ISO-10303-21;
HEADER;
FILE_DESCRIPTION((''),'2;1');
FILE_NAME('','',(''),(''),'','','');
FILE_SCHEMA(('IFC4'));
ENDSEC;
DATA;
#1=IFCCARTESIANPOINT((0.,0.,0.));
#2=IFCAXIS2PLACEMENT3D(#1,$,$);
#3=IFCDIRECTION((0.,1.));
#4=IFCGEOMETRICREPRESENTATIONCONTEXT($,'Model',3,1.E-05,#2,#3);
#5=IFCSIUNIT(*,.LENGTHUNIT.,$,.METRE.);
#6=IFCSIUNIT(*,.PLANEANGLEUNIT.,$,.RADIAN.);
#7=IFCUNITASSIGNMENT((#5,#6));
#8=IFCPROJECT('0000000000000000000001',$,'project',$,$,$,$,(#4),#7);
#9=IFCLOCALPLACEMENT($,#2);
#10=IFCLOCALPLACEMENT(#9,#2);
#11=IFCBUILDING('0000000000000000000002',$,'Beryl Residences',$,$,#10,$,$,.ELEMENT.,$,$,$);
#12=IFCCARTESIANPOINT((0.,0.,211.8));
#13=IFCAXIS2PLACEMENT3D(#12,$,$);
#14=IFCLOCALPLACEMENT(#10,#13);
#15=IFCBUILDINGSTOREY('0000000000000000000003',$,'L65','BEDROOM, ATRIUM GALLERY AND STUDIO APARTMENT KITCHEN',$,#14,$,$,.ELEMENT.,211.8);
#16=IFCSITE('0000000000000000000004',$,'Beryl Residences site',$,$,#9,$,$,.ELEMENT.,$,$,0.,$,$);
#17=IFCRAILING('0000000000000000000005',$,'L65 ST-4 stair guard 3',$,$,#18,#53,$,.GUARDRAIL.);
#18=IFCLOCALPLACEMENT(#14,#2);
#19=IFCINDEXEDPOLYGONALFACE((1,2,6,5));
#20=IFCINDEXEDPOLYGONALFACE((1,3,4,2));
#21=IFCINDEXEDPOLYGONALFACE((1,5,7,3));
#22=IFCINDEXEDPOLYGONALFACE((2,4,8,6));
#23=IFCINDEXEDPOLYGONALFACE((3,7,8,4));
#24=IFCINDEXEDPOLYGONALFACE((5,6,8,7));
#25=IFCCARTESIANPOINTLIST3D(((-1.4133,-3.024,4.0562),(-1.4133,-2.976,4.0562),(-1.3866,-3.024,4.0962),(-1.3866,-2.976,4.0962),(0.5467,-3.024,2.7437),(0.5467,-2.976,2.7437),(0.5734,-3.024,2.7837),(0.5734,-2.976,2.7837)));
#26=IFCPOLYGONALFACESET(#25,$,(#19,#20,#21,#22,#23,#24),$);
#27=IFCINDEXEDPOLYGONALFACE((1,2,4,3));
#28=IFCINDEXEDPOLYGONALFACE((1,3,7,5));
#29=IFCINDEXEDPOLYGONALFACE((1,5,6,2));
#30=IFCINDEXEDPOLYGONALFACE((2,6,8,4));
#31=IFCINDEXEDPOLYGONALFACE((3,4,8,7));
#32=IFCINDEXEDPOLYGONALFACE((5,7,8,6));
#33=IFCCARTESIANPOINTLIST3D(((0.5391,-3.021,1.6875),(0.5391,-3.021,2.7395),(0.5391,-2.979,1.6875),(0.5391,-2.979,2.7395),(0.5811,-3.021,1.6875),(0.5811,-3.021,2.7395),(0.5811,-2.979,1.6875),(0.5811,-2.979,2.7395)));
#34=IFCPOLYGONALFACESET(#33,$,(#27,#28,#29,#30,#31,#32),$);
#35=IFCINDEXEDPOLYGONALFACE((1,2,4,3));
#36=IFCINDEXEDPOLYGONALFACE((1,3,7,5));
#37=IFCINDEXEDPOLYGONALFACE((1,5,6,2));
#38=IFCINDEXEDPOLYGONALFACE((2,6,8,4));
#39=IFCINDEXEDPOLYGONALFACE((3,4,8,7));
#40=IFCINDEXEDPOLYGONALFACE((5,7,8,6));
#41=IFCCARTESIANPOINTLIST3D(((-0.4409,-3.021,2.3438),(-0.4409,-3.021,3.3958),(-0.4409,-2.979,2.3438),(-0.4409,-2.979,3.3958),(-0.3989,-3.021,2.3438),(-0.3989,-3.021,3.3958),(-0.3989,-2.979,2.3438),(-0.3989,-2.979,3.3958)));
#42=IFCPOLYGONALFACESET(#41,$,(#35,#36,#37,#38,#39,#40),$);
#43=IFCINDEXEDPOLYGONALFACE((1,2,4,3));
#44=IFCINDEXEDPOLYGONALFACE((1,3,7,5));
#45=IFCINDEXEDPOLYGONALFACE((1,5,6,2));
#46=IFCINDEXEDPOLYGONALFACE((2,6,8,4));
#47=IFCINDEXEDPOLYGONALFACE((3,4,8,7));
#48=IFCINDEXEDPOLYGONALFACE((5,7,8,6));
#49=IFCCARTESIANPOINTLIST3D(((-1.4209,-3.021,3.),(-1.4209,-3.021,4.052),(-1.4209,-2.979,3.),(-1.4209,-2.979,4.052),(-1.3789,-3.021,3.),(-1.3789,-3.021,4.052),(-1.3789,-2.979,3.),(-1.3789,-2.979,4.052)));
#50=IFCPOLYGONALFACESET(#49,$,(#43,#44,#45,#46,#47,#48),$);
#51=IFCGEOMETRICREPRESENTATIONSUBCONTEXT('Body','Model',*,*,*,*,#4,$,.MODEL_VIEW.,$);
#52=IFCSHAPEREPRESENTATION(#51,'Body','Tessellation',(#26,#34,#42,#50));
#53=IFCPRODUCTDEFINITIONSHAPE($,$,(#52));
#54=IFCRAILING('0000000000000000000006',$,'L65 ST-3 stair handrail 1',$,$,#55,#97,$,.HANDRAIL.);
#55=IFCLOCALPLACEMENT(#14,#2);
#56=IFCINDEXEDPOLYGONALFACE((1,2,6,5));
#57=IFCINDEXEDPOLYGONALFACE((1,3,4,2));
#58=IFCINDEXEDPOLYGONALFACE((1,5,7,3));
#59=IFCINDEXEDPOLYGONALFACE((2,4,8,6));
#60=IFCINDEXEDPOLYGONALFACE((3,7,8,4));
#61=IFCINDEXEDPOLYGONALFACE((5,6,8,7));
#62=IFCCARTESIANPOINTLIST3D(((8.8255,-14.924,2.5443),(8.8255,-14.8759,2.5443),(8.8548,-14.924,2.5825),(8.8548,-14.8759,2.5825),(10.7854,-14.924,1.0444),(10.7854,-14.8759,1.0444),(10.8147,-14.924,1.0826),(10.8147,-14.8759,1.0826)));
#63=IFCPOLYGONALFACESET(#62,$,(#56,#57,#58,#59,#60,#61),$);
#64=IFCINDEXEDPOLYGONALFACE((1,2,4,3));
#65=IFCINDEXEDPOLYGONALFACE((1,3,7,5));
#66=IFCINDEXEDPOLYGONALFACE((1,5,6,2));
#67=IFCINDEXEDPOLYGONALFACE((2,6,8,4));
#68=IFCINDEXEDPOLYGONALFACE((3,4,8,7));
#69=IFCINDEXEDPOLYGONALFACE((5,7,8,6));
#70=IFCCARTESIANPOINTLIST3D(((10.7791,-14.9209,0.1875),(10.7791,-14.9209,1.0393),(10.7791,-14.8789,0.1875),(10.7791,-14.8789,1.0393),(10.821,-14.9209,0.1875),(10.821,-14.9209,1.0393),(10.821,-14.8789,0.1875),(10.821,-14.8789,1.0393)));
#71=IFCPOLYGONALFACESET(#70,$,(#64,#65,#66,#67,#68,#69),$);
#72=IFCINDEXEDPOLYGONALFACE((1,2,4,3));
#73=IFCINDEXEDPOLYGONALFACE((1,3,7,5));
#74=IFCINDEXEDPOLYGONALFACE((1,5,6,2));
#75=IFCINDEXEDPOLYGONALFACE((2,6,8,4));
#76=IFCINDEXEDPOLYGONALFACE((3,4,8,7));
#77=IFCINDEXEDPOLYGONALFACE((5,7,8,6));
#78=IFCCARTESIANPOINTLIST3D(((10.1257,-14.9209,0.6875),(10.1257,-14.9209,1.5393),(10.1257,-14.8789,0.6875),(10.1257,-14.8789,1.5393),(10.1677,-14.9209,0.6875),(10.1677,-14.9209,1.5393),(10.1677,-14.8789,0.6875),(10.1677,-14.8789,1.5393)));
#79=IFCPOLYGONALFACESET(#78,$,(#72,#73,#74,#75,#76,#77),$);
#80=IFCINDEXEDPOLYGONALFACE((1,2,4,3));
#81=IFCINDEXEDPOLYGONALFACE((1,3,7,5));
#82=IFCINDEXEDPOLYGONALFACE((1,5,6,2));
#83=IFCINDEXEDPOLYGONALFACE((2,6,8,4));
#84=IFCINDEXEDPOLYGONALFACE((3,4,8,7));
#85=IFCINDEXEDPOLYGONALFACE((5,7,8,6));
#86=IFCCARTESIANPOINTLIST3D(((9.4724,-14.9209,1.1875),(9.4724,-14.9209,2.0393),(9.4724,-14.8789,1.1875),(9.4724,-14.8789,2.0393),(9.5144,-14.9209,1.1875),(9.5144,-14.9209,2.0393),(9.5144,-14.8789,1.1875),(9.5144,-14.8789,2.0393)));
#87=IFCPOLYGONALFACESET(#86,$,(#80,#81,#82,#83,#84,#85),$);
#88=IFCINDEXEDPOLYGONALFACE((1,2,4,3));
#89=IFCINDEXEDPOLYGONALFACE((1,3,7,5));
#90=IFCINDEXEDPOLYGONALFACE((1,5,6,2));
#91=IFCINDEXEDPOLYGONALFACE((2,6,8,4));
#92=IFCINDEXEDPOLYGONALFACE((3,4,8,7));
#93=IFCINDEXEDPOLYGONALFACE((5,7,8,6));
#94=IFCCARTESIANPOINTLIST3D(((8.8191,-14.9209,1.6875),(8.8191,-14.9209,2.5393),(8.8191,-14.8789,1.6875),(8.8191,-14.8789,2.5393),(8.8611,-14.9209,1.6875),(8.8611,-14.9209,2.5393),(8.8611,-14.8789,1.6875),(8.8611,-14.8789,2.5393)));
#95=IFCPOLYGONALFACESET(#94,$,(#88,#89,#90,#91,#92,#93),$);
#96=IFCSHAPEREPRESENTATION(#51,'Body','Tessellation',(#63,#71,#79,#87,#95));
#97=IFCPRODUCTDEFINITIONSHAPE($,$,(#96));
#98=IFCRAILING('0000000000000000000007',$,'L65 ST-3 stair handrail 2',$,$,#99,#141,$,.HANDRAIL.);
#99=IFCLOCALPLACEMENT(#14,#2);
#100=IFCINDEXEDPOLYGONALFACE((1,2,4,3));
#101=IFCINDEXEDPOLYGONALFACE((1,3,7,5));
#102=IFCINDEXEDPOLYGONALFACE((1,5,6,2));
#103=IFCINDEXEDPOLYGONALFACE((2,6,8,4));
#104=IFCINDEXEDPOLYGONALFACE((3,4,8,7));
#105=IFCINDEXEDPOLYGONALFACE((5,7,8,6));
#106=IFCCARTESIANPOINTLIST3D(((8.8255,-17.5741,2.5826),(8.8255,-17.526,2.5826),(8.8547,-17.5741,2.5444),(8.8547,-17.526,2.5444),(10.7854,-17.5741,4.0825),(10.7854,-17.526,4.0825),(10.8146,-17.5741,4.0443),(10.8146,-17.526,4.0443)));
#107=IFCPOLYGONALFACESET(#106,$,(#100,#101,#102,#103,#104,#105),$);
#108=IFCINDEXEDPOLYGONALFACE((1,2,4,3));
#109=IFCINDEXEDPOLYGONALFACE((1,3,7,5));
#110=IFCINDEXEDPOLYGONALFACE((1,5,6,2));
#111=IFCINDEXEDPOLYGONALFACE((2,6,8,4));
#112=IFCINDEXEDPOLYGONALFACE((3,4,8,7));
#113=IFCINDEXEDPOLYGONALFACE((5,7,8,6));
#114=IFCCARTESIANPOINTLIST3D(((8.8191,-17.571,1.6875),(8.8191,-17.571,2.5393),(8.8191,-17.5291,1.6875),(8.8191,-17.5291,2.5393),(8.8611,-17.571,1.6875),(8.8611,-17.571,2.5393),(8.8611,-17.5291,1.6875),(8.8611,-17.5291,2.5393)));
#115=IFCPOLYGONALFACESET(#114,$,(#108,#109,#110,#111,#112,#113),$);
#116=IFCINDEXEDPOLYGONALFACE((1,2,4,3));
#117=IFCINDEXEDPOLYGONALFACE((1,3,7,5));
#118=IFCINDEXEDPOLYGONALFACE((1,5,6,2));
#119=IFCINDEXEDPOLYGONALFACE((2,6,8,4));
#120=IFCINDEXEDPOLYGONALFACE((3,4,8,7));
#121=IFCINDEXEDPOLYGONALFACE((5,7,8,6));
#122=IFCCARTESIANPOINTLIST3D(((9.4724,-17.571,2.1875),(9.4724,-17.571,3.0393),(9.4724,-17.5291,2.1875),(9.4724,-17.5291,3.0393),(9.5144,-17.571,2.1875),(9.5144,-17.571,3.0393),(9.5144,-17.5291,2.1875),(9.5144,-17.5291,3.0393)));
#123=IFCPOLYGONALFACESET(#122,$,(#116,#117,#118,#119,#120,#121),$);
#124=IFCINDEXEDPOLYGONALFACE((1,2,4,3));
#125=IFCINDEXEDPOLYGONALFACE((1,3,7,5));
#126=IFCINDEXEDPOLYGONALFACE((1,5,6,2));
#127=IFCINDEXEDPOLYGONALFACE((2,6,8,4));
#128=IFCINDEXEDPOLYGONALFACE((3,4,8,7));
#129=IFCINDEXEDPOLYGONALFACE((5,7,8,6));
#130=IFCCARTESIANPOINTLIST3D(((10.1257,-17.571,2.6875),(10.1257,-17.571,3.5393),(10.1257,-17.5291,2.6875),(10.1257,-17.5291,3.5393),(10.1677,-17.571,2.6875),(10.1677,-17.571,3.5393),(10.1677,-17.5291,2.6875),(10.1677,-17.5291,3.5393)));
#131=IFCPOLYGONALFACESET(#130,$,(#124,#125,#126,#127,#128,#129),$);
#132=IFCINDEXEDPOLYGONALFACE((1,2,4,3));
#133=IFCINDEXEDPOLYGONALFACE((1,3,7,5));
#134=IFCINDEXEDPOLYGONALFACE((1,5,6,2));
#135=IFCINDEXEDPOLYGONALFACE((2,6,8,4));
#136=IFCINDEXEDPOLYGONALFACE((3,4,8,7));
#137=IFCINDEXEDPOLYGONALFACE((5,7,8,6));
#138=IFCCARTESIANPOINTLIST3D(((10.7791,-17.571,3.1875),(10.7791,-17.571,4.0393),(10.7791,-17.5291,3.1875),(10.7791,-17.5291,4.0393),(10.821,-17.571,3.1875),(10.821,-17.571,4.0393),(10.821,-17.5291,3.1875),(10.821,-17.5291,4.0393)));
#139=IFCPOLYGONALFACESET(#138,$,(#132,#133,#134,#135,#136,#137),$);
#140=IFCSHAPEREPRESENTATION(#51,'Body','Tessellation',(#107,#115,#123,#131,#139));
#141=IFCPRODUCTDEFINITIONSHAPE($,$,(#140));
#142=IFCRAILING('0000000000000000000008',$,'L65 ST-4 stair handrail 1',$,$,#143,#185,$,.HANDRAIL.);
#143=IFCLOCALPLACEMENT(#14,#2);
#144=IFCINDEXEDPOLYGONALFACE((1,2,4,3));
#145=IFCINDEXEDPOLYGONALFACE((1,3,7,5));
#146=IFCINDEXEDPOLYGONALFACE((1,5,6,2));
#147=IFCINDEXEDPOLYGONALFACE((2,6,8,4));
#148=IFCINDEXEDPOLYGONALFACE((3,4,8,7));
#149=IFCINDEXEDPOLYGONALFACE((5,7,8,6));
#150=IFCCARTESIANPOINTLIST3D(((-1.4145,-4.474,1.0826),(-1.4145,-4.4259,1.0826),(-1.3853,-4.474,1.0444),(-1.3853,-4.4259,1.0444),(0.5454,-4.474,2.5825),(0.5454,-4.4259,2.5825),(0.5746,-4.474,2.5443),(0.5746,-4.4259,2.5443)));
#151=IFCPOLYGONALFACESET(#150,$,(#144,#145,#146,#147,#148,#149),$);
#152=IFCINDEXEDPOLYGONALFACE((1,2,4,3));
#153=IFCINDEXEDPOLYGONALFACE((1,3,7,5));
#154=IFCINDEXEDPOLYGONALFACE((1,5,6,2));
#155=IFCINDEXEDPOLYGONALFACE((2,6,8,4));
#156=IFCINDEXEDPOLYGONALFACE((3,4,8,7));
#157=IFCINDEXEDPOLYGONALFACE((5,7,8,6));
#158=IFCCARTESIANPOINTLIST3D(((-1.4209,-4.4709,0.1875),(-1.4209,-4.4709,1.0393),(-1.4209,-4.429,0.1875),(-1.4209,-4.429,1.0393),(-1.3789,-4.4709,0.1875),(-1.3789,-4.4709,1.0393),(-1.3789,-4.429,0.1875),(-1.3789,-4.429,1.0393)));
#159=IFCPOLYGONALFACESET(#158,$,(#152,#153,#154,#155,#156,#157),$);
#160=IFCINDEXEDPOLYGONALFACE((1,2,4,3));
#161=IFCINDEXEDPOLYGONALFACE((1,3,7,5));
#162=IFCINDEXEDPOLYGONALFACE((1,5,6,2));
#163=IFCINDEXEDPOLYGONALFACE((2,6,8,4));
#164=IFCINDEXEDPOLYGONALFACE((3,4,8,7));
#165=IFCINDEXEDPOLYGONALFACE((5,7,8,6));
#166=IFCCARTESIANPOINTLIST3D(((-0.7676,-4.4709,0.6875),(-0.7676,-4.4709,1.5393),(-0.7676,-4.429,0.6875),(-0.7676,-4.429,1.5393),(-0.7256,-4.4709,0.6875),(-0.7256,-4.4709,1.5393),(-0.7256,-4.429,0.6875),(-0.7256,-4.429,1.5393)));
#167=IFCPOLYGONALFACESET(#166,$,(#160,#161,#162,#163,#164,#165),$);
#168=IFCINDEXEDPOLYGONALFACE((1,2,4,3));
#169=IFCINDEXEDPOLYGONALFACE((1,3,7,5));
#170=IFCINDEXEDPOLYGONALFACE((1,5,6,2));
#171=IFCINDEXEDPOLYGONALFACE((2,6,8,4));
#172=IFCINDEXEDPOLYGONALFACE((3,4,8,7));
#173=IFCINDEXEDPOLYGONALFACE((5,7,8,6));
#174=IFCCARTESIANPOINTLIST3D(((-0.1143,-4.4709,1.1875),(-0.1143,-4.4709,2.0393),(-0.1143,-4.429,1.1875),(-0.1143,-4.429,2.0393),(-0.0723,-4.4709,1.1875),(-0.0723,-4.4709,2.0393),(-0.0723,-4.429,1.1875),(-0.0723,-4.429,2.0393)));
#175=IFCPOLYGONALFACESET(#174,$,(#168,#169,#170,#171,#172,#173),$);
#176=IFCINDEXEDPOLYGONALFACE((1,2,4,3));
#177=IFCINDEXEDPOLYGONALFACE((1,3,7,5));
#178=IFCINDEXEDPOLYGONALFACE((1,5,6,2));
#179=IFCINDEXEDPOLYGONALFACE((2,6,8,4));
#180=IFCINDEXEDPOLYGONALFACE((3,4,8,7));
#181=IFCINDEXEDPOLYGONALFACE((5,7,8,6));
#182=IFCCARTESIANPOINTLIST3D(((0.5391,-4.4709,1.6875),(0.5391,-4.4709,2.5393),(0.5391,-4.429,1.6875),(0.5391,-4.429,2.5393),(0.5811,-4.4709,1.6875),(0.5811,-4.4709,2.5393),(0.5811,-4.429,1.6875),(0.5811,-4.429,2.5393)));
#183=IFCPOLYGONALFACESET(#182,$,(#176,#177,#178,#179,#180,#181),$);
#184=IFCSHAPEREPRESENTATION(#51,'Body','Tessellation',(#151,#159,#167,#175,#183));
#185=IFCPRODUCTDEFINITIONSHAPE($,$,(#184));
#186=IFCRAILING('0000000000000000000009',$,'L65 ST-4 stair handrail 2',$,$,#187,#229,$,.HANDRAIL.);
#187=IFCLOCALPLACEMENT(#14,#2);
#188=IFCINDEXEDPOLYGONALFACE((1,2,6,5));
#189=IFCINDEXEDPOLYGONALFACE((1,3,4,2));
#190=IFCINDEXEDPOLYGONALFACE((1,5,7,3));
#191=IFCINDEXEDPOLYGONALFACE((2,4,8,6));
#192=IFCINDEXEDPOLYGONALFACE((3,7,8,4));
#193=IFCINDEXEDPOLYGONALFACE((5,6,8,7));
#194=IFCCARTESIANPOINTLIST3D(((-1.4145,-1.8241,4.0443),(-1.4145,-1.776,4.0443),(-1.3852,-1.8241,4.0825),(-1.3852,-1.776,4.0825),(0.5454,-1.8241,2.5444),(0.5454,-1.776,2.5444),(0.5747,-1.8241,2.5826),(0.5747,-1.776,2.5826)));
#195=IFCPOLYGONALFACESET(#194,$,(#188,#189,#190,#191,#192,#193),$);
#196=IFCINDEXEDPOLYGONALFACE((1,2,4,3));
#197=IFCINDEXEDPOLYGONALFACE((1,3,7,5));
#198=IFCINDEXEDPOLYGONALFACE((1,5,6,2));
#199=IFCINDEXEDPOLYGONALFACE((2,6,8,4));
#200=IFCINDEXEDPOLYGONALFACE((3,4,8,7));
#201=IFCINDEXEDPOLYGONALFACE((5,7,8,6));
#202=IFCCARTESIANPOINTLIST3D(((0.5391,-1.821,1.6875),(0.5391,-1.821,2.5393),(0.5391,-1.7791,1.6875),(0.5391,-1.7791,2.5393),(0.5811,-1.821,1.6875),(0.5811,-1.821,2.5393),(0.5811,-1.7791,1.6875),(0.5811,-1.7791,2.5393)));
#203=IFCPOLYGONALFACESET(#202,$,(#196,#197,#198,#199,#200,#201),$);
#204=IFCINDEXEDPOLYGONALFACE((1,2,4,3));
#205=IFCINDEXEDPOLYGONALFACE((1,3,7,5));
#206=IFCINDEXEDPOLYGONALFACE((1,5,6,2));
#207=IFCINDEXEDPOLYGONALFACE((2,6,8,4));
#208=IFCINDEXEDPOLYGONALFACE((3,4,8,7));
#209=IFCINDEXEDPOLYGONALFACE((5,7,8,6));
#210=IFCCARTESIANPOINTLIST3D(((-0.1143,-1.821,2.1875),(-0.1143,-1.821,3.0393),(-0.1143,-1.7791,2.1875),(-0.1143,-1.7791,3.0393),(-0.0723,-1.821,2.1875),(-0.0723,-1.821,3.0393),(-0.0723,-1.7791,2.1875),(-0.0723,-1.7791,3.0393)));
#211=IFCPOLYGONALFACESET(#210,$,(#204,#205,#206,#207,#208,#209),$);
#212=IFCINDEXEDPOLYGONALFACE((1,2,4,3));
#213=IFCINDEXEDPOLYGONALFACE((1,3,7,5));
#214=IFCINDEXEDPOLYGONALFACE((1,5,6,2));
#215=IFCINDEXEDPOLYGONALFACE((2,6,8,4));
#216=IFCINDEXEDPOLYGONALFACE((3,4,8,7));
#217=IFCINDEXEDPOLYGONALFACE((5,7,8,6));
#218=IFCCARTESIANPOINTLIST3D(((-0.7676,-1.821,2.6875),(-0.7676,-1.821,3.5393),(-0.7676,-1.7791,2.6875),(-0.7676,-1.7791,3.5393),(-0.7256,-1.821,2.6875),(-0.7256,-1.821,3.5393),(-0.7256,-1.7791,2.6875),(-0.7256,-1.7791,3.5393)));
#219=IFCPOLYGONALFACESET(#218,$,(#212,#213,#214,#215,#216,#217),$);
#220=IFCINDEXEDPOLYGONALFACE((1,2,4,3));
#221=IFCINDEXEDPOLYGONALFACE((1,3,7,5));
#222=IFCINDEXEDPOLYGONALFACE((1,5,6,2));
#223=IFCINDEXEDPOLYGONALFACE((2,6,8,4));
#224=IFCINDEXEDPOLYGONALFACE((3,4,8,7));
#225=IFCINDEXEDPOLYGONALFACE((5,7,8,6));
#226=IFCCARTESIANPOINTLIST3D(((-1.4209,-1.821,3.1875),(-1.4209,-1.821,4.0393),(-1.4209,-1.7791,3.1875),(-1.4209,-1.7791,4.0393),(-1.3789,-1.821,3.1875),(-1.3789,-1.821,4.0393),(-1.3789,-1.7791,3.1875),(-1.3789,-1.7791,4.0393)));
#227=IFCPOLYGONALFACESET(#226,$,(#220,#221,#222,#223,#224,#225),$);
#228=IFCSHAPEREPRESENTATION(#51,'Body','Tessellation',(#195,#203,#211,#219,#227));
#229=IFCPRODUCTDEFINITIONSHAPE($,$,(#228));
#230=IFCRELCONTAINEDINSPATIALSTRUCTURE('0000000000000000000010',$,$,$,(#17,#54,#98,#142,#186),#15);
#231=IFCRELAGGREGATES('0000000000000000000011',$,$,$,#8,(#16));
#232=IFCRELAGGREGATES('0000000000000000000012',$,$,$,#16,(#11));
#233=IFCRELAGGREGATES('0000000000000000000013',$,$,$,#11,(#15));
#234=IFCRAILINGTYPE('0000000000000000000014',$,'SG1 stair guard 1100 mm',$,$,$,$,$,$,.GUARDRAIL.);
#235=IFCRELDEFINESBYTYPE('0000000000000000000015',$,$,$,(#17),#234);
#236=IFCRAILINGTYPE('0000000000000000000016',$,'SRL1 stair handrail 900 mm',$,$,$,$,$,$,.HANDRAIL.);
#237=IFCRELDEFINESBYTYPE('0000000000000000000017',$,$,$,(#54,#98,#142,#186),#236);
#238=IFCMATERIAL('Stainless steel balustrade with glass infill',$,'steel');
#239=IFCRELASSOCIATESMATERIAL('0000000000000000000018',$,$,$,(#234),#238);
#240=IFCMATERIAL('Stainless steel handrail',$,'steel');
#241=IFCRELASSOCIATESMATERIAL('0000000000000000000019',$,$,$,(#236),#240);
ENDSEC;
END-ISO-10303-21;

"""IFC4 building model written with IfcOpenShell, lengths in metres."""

from ifc_helpers import new_model, si_unit, direction, frame, origin, origin_2d, place, context, subcontext, project, spatial, rectangle, extrude, material, type_object, element, save


model = new_model("IFC4")

# Units and contexts
model_context = context("Model", 3, precision=1e-05, world=origin(), true_north=direction((0.0, 1.0)))
body_context = subcontext(model_context, "Body", "Model", "MODEL_VIEW")
ifc_project = project(units=[si_unit("LENGTHUNIT", "METRE"), si_unit("PLANEANGLEUNIT", "RADIAN")], contexts=[model_context])

# Site, building, storey
site_placement = place(None, origin())
site = spatial("IfcSite", under=ifc_project, at=site_placement, Name="Beryl Residences site", CompositionType="ELEMENT", RefElevation=0.0)
building_placement = place(site_placement, origin())
building = spatial("IfcBuilding", under=site, at=building_placement, Name="Beryl Residences", CompositionType="ELEMENT")
storey_placement = place(building_placement, frame((0.0, 0.0, 211.8)))
storey = spatial("IfcBuildingStorey", under=building, at=storey_placement, Name="L65", Description="BEDROOM, ATRIUM GALLERY AND STUDIO APARTMENT KITCHEN", CompositionType="ELEMENT", Elevation=211.8)

# Railings
ifc_material_1 = material(Name="Stainless steel balustrade with glass infill", Category="steel")
railing_type_1 = type_object("IfcRailingType", Name="SG1 stair guard 1100 mm", PredefinedType="GUARDRAIL", material=ifc_material_1)
railing_1_placement = place(storey_placement, frame((0.5601, -3.0, 1.6875)))
element("IfcRailing", 1, at=railing_1_placement, inside=storey, type_object=railing_type_1, Name="L65 ST-4 stair guard 3", PredefinedType="GUARDRAIL", context=body_context, shape_type="SweptSolid", body=[
    extrude(rectangle(XDim=0.0481, YDim=0.0481, at=origin_2d()), frame((0.0, 0.0, 1.0762), z_axis=(-0.830902, 0.0, 0.556419), x_axis=(0.0, -1.0, 0.0)), (0.0, 0.0, 1.0), 2.3589),
    extrude(rectangle(XDim=0.042, YDim=0.042, at=origin_2d()), origin(), (0.0, 0.0, 1.0), 1.052),
    extrude(rectangle(XDim=0.042, YDim=0.042, at=origin_2d()), frame((-0.98, 0.0, 0.6562)), (0.0, 0.0, 1.0), 1.052),
    extrude(rectangle(XDim=0.042, YDim=0.042, at=origin_2d()), frame((-1.96, 0.0, 1.3125)), (0.0, 0.0, 1.0), 1.052),
])
ifc_material_2 = material(Name="Stainless steel handrail", Category="steel")
railing_type_2 = type_object("IfcRailingType", Name="SRL1 stair handrail 900 mm", PredefinedType="HANDRAIL", material=ifc_material_2)
railing_2_placement = place(storey_placement, frame((10.8, -14.8999, 0.1875)))
element("IfcRailing", 2, at=railing_2_placement, inside=storey, type_object=railing_type_2, Name="L65 ST-3 stair handrail 1", PredefinedType="HANDRAIL", context=body_context, shape_type="SweptSolid", body=[
    extrude(rectangle(XDim=0.0481, YDim=0.0481, at=origin_2d()), frame((0.0, 0.0, 0.876), z_axis=(-0.794122, 0.0, 0.607758), x_axis=(0.0, -1.0, 0.0)), (0.0, 0.0, 1.0), 2.468),
    extrude(rectangle(XDim=0.042, YDim=0.042, at=origin_2d()), origin(), (0.0, 0.0, 1.0), 0.8518),
    extrude(rectangle(XDim=0.042, YDim=0.042, at=origin_2d()), frame((-0.6533, 0.0, 0.5)), (0.0, 0.0, 1.0), 0.8518),
    extrude(rectangle(XDim=0.042, YDim=0.042, at=origin_2d()), frame((-1.3066, 0.0, 1.0)), (0.0, 0.0, 1.0), 0.8518),
    extrude(rectangle(XDim=0.042, YDim=0.042, at=origin_2d()), frame((-1.96, 0.0, 1.5)), (0.0, 0.0, 1.0), 0.8518),
])
for number, where, name in (
    (3, (8.8401, -17.55, 1.6875), "L65 ST-3 stair handrail 2"),
    (4, (-1.3999, -4.45, 0.1875), "L65 ST-4 stair handrail 1"),
):
    element("IfcRailing", number, at=place(storey_placement, frame(where)), inside=storey, type_object=railing_type_2, Name=name, PredefinedType="HANDRAIL", context=body_context, shape_type="SweptSolid", body=[
        extrude(rectangle(XDim=0.0481, YDim=0.0481, at=origin_2d()), frame((0.0, 0.0, 0.876), z_axis=(0.794122, 0.0, 0.607758), x_axis=(0.0, 1.0, 0.0)), (0.0, 0.0, 1.0), 2.468),
        extrude(rectangle(XDim=0.042, YDim=0.042, at=origin_2d()), origin(), (0.0, 0.0, 1.0), 0.8518),
        extrude(rectangle(XDim=0.042, YDim=0.042, at=origin_2d()), frame((0.6533, 0.0, 0.5)), (0.0, 0.0, 1.0), 0.8518),
        extrude(rectangle(XDim=0.042, YDim=0.042, at=origin_2d()), frame((1.3066, 0.0, 1.0)), (0.0, 0.0, 1.0), 0.8518),
        extrude(rectangle(XDim=0.042, YDim=0.042, at=origin_2d()), frame((1.96, 0.0, 1.5)), (0.0, 0.0, 1.0), 0.8518),
    ])
railing_3_placement = place(storey_placement, frame((0.5601, -1.8, 1.6875)))
element("IfcRailing", 5, at=railing_3_placement, inside=storey, type_object=railing_type_2, Name="L65 ST-4 stair handrail 2", PredefinedType="HANDRAIL", context=body_context, shape_type="SweptSolid", body=[
    extrude(rectangle(XDim=0.0481, YDim=0.0481, at=origin_2d()), frame((0.0, 0.0, 0.876), z_axis=(-0.794122, 0.0, 0.607758), x_axis=(0.0, -1.0, 0.0)), (0.0, 0.0, 1.0), 2.468),
    extrude(rectangle(XDim=0.042, YDim=0.042, at=origin_2d()), origin(), (0.0, 0.0, 1.0), 0.8518),
    extrude(rectangle(XDim=0.042, YDim=0.042, at=origin_2d()), frame((-0.6533, 0.0, 0.5)), (0.0, 0.0, 1.0), 0.8518),
    extrude(rectangle(XDim=0.042, YDim=0.042, at=origin_2d()), frame((-1.3066, 0.0, 1.0)), (0.0, 0.0, 1.0), 0.8518),
    extrude(rectangle(XDim=0.042, YDim=0.042, at=origin_2d()), frame((-1.96, 0.0, 1.5)), (0.0, 0.0, 1.0), 0.8518),
])

save(model, "model.ifc")
